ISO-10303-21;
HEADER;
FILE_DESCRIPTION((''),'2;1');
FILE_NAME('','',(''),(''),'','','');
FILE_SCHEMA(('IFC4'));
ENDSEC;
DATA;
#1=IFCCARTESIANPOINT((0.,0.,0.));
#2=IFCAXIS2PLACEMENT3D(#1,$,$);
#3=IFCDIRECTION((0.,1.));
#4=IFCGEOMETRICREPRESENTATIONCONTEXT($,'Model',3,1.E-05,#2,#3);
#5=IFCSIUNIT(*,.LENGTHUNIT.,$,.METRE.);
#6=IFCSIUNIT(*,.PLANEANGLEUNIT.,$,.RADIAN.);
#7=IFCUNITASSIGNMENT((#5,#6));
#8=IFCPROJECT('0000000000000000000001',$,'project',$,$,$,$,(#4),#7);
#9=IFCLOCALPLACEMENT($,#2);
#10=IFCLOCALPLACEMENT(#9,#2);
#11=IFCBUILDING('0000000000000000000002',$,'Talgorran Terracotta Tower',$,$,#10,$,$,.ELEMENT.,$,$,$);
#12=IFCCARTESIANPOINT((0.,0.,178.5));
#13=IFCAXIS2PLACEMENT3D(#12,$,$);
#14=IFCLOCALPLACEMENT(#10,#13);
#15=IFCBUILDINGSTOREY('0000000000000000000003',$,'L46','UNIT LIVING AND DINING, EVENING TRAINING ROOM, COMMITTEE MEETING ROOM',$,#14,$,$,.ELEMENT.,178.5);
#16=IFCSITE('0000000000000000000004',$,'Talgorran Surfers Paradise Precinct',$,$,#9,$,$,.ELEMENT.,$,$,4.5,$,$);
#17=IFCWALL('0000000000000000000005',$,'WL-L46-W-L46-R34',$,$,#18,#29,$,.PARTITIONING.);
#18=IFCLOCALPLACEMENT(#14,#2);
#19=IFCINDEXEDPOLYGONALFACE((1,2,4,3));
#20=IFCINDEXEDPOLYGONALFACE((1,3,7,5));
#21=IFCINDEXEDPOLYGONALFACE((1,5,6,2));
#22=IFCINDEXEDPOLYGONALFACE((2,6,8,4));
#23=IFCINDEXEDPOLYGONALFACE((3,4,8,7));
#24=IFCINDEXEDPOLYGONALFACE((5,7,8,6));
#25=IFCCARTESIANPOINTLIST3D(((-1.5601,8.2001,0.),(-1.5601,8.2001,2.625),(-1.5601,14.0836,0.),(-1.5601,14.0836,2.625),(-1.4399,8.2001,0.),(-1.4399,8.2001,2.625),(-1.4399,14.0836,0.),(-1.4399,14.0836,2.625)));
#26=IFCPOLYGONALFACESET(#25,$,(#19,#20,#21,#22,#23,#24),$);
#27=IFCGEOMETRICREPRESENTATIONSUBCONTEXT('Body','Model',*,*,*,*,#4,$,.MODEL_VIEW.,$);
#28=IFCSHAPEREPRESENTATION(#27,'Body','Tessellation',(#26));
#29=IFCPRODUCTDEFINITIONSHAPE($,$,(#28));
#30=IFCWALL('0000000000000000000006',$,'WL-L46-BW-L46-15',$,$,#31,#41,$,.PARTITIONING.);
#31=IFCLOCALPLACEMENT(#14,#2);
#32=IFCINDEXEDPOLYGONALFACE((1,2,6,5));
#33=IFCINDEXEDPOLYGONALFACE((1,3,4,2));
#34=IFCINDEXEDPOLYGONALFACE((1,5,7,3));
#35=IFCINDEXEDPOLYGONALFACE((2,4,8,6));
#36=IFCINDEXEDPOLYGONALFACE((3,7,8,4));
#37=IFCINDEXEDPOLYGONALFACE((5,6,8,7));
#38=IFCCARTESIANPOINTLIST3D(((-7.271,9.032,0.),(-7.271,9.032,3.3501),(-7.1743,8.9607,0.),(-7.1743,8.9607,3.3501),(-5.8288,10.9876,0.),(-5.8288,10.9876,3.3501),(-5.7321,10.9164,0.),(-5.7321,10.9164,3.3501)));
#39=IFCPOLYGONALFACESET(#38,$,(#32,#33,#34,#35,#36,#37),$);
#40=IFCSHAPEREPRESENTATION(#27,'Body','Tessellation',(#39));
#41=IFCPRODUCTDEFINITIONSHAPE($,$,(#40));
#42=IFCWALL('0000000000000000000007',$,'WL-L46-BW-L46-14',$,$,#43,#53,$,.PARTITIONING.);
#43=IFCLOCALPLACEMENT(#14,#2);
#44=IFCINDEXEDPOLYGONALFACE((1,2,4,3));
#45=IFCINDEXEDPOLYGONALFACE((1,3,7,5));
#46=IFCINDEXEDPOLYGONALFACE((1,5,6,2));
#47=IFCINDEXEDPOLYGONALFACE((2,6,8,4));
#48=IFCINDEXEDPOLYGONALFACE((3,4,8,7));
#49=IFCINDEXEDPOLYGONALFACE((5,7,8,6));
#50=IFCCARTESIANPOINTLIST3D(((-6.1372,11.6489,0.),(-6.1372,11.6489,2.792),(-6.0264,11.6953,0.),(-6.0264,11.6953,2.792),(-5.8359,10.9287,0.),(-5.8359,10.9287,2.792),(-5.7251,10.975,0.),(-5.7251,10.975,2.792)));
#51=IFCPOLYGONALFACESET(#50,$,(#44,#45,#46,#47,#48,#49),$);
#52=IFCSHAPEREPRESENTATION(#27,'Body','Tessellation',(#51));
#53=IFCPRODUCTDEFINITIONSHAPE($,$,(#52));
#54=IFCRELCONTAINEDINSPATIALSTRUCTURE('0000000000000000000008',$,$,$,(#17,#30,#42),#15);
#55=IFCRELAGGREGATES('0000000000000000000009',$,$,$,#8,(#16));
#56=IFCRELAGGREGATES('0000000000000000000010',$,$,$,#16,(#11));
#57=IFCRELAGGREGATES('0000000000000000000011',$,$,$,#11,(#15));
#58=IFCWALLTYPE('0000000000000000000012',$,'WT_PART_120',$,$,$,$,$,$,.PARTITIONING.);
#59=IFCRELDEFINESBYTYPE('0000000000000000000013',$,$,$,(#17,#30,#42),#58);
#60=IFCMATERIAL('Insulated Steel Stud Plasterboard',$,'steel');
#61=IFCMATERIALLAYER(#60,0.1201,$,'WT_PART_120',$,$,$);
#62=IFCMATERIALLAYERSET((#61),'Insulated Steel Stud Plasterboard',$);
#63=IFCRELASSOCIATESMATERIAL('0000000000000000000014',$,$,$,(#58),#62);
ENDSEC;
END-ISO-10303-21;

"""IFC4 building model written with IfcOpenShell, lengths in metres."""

from ifc_helpers import new_model, si_unit, direction, frame, frame_2d, origin, place, context, subcontext, project, spatial, rectangle, extrude, material, layer, layer_set, type_object, element, save


model = new_model("IFC4")

# Units and contexts
model_context = context("Model", 3, precision=1e-05, world=origin(), true_north=direction((0.0, 1.0)))
body_context = subcontext(model_context, "Body", "Model", "MODEL_VIEW")
ifc_project = project(units=[si_unit("LENGTHUNIT", "METRE"), si_unit("PLANEANGLEUNIT", "RADIAN")], contexts=[model_context])

# Site, building, storey
site_placement = place(None, origin())
site = spatial("IfcSite", under=ifc_project, at=site_placement, Name="Talgorran Surfers Paradise Precinct", CompositionType="ELEMENT", RefElevation=4.5)
building_placement = place(site_placement, origin())
building = spatial("IfcBuilding", under=site, at=building_placement, Name="Talgorran Terracotta Tower", CompositionType="ELEMENT")
storey_placement = place(building_placement, frame((0.0, 0.0, 178.5)))
storey = spatial("IfcBuildingStorey", under=building, at=storey_placement, Name="L46", Description="UNIT LIVING AND DINING, EVENING TRAINING ROOM, COMMITTEE MEETING ROOM", CompositionType="ELEMENT", Elevation=178.5)

# Walls
ifc_material_1 = material(Name="Insulated Steel Stud Plasterboard", Category="steel")
ifc_layer_1 = layer(ifc_material_1, 0.1201, Name="WT_PART_120")
ifc_layer_set_1 = layer_set([ifc_layer_1], Name="Insulated Steel Stud Plasterboard")
wall_type_1 = type_object("IfcWallType", Name="WT_PART_120", PredefinedType="PARTITIONING", material=ifc_layer_set_1)
wall_1_placement = place(storey_placement, frame((-1.5, 8.2, 0.0), z_axis=(0.0, 0.0, 1.0), x_axis=(0.0, 1.0, 0.0)))
element("IfcWall", 1, at=wall_1_placement, inside=storey, type_object=wall_type_1, Name="WL-L46-W-L46-R34", PredefinedType="PARTITIONING", context=body_context, shape_type="SweptSolid", body=[
    extrude(rectangle(XDim=5.8835, YDim=0.1201, at=frame_2d((2.9419, 0.0))), origin(), (0.0, 0.0, 1.0), 2.625),
])
wall_2_placement = place(storey_placement, frame((-5.7805, 10.9519, 0.0), z_axis=(0.0, 0.0, 1.0), x_axis=(-0.593518, -0.804821, 0.0)))
element("IfcWall", 2, at=wall_2_placement, inside=storey, type_object=wall_type_1, Name="WL-L46-BW-L46-15", PredefinedType="PARTITIONING", context=body_context, shape_type="SweptSolid", body=[
    extrude(rectangle(XDim=2.4299, YDim=0.1201, at=frame_2d((1.2148, 0.0))), origin(), (0.0, 0.0, 1.0), 3.3501),
])
wall_3_placement = place(storey_placement, frame((-6.0818, 11.6721, 0.0), z_axis=(0.0, 0.0, 1.0), x_axis=(0.385903, -0.922539, 0.0)))
element("IfcWall", 3, at=wall_3_placement, inside=storey, type_object=wall_type_1, Name="WL-L46-BW-L46-14", PredefinedType="PARTITIONING", context=body_context, shape_type="SweptSolid", body=[
    extrude(rectangle(XDim=0.7808, YDim=0.1201, at=frame_2d((0.3904, 0.0))), origin(), (0.0, 0.0, 1.0), 2.792),
])

save(model, "model.ifc")
